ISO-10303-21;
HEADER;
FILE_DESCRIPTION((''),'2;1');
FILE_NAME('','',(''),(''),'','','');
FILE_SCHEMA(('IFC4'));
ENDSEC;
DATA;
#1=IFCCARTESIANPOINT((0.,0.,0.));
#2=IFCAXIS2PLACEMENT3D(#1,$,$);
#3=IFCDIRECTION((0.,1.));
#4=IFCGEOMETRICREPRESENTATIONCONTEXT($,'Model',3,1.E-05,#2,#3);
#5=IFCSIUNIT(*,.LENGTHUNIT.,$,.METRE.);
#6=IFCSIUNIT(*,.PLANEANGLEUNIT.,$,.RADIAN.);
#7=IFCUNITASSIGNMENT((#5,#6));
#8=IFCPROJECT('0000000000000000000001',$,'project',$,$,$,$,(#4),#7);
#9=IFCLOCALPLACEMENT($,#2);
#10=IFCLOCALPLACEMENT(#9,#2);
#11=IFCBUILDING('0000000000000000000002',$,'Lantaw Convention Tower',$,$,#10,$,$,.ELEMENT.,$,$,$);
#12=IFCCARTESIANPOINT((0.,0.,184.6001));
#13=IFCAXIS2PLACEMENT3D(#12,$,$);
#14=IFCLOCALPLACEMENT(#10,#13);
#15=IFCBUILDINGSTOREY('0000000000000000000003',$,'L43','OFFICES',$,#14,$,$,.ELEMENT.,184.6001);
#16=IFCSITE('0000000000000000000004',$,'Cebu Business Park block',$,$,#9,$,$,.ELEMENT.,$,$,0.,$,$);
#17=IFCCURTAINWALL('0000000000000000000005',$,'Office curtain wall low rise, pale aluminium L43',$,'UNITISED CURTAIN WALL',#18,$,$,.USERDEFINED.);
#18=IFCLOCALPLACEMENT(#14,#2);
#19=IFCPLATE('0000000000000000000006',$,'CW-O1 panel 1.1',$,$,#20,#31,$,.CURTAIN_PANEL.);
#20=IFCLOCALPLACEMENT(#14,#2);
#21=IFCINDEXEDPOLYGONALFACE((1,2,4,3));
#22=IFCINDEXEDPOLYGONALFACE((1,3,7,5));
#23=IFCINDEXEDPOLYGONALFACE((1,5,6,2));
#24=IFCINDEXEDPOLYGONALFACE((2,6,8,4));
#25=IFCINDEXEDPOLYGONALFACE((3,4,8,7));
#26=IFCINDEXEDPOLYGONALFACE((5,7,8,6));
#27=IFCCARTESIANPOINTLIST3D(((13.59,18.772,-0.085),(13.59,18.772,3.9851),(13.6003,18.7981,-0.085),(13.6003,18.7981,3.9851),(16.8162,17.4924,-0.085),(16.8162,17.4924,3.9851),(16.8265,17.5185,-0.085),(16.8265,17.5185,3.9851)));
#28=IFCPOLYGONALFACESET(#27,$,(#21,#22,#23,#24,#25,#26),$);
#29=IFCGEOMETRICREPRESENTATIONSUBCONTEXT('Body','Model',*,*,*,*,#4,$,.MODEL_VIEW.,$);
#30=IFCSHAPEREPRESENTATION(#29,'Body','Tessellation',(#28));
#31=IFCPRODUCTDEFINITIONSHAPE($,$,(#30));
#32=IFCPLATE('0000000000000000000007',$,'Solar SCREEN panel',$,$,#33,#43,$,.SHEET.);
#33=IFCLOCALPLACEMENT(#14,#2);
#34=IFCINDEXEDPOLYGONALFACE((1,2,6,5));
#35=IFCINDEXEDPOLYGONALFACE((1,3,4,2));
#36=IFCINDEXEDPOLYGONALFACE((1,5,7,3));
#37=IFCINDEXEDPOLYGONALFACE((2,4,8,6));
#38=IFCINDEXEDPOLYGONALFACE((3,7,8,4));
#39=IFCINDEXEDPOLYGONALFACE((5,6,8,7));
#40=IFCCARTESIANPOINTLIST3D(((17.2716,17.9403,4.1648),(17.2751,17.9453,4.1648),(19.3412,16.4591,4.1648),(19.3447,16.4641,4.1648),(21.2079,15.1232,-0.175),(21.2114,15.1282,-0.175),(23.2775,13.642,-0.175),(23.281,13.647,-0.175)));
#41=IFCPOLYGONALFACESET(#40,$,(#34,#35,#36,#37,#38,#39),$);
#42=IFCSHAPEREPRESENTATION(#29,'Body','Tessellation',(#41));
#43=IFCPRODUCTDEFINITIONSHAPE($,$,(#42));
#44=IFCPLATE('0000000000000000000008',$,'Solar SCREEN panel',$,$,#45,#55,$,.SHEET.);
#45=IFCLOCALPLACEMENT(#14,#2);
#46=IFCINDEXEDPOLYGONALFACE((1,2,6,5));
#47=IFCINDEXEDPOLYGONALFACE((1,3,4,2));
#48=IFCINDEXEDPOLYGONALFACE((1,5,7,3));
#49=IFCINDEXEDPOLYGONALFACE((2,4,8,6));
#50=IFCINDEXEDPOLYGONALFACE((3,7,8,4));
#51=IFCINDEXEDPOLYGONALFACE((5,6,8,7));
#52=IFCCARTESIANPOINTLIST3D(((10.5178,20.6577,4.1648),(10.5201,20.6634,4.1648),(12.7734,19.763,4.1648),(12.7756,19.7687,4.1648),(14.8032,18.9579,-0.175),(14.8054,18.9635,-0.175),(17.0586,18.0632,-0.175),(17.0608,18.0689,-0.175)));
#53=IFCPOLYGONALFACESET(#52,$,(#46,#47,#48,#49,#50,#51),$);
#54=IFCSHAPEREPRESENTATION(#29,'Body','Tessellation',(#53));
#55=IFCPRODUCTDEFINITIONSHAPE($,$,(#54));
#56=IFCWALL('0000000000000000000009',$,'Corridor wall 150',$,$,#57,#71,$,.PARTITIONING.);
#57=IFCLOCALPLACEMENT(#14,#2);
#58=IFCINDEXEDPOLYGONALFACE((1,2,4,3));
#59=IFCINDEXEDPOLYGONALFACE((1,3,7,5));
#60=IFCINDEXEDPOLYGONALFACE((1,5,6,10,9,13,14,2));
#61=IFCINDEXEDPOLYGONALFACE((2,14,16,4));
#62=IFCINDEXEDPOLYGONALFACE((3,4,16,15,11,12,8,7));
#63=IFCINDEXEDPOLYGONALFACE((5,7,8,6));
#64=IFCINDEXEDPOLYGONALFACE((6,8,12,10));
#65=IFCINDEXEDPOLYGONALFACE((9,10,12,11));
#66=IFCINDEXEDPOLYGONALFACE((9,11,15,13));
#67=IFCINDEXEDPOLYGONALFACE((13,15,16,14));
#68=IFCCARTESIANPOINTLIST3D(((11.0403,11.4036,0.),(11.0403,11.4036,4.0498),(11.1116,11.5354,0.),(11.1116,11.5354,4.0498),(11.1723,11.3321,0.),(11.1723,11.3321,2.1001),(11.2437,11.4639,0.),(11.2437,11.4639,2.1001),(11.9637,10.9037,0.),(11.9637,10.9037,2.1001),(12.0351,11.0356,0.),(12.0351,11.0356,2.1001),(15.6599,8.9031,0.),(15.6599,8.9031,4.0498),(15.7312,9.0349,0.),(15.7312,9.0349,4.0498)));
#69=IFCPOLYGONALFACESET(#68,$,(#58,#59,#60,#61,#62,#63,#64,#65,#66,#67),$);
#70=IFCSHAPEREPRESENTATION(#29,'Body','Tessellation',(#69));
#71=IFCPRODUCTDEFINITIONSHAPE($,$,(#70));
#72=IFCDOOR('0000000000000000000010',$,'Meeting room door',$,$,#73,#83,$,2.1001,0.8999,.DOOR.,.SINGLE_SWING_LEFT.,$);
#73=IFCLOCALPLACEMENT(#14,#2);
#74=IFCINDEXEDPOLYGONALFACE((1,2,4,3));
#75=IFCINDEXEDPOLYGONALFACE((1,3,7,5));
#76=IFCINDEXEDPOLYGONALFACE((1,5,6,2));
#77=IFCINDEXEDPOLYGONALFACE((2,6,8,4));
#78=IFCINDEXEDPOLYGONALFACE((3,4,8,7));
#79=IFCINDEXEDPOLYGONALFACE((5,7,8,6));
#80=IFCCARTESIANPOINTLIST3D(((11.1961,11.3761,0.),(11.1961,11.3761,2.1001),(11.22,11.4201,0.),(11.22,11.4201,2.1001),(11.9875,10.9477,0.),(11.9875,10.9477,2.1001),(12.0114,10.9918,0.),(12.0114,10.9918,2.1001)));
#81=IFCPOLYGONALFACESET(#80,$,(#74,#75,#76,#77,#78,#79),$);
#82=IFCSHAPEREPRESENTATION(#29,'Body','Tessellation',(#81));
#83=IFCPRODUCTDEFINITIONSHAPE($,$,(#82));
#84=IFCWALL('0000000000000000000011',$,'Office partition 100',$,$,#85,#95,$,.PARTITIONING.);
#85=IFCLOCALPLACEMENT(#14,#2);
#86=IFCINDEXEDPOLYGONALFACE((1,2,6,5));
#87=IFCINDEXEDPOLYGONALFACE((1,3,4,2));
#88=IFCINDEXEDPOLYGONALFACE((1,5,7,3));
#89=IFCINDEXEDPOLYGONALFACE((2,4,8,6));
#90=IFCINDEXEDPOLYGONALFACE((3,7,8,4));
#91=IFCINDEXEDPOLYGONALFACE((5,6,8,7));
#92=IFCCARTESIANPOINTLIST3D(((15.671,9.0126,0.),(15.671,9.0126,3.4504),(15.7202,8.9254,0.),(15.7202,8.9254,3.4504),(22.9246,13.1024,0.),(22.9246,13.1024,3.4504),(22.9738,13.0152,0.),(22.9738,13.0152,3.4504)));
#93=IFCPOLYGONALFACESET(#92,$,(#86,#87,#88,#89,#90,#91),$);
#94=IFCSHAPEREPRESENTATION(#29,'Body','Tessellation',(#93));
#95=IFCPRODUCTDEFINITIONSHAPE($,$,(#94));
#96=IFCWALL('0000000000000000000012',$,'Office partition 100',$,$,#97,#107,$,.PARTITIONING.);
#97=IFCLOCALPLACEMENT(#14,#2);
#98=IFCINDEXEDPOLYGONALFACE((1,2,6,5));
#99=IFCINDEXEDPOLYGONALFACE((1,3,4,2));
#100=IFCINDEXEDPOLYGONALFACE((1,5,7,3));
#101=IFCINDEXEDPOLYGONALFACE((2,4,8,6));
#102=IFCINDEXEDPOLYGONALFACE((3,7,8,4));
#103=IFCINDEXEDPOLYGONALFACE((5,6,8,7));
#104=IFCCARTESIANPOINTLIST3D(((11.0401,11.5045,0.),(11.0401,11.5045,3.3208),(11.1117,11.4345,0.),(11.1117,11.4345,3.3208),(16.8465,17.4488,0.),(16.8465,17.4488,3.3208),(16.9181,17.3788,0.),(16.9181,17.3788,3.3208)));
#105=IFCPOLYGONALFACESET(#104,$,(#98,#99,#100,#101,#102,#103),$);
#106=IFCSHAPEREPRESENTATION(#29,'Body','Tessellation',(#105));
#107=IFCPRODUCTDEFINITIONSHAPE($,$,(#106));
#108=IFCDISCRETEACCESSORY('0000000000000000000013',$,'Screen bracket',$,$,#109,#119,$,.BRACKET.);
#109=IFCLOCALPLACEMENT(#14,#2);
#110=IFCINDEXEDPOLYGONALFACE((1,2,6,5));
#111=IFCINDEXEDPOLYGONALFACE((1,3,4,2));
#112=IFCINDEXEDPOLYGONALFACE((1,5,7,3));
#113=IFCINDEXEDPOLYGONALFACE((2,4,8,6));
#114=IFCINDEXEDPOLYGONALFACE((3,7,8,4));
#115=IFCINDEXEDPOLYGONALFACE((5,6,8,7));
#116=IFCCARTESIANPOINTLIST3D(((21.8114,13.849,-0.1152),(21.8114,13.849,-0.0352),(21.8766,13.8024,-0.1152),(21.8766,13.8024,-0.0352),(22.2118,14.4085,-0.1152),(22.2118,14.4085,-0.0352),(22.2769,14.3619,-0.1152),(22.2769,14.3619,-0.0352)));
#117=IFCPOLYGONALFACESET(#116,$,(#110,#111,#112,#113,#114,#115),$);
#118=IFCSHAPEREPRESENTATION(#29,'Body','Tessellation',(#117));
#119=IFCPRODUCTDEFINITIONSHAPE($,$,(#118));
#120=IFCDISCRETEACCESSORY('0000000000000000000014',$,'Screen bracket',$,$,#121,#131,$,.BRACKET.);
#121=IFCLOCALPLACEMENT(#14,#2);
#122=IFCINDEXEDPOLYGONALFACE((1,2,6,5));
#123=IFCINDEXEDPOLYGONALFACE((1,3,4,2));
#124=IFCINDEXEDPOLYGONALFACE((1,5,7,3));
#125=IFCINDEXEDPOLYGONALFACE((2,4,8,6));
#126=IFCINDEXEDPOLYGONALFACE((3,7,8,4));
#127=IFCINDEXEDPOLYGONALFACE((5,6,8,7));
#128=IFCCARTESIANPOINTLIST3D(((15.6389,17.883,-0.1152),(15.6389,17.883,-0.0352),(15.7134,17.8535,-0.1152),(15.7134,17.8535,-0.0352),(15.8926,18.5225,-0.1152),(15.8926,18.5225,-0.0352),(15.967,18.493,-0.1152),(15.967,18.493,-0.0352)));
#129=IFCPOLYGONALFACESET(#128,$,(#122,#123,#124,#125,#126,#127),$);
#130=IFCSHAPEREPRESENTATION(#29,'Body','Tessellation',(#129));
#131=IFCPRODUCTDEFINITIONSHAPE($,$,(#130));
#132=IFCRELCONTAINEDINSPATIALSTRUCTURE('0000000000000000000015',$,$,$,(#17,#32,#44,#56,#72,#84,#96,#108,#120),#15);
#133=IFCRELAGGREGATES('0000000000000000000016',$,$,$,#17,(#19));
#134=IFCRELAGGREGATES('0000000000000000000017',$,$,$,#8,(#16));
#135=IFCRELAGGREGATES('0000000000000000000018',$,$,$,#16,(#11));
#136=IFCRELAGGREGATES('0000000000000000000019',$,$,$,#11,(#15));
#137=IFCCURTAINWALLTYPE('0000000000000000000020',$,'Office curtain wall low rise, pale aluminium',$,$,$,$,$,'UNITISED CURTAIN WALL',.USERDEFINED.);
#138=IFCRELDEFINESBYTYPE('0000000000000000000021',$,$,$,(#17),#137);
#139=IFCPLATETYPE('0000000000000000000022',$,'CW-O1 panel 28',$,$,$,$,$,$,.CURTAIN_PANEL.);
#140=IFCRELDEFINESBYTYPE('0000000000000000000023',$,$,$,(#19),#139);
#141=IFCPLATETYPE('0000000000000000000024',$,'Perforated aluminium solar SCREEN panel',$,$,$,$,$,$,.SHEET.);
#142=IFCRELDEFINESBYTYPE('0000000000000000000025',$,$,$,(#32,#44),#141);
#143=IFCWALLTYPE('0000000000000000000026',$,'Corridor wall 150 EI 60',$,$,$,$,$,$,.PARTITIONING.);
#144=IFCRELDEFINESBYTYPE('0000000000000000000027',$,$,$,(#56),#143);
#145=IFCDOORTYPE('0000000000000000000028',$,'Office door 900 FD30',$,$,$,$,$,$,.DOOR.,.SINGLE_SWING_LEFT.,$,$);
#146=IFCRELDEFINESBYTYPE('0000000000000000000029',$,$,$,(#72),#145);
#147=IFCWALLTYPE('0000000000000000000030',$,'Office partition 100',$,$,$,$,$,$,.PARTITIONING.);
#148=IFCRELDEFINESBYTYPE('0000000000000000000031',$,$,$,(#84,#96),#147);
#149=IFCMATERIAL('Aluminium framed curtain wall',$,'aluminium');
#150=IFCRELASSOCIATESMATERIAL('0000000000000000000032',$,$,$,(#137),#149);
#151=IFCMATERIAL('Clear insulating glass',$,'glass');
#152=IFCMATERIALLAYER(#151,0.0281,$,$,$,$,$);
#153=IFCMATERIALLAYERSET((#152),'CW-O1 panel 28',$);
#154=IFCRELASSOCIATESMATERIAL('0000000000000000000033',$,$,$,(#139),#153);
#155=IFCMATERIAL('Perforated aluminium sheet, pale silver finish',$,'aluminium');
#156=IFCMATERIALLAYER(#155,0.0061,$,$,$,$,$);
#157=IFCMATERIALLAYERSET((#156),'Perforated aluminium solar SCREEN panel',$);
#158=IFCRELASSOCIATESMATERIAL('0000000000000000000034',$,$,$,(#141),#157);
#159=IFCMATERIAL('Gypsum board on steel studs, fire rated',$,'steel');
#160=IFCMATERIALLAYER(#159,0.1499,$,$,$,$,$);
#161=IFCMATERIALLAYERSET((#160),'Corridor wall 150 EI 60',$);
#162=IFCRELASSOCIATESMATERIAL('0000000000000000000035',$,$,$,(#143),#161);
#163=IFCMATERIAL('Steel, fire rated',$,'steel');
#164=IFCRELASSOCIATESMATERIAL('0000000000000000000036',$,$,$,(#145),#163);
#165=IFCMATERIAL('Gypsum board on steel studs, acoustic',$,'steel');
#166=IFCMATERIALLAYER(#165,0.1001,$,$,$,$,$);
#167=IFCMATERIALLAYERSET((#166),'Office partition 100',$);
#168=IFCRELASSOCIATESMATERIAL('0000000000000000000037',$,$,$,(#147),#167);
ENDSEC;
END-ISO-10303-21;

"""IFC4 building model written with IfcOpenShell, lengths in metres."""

from ifc_helpers import new_model, si_unit, direction, frame, frame_2d, origin, origin_2d, place, context, subcontext, project, spatial, polyline, rectangle, outline, extrude, material, layer, layer_set, type_object, element, fill, aggregate, save


model = new_model("IFC4")

# Units and contexts
model_context = context("Model", 3, precision=1e-05, world=origin(), true_north=direction((0.0, 1.0)))
body_context = subcontext(model_context, "Body", "Model", "MODEL_VIEW")
ifc_project = project(units=[si_unit("LENGTHUNIT", "METRE"), si_unit("PLANEANGLEUNIT", "RADIAN")], contexts=[model_context])

# Site, building, storey
site_placement = place(None, origin())
site = spatial("IfcSite", under=ifc_project, at=site_placement, Name="Cebu Business Park block", CompositionType="ELEMENT", RefElevation=0.0)
building_placement = place(site_placement, origin())
building = spatial("IfcBuilding", under=site, at=building_placement, Name="Lantaw Convention Tower", CompositionType="ELEMENT")
storey_placement = place(building_placement, frame((0.0, 0.0, 184.6001)))
storey = spatial("IfcBuildingStorey", under=building, at=storey_placement, Name="L43", Description="OFFICES", CompositionType="ELEMENT", Elevation=184.6001)

# Shared definitions
ifc_material_1 = material(Name="Aluminium framed curtain wall", Category="aluminium")
curtain_wall_type = type_object("IfcCurtainWallType", Name="Office curtain wall low rise, pale aluminium", ElementType="UNITISED CURTAIN WALL", PredefinedType="USERDEFINED", material=ifc_material_1)

# Curtain wall
curtain_wall_1_placement = place(storey_placement, origin())
curtain_wall_1 = element("IfcCurtainWall", 1, at=curtain_wall_1_placement, inside=storey, type_object=curtain_wall_type, Name="Office curtain wall low rise, pale aluminium L43", ObjectType="UNITISED CURTAIN WALL", PredefinedType="USERDEFINED")

# Plate
ifc_material_2 = material(Name="Clear insulating glass", Category="glass")
ifc_layer_1 = layer(ifc_material_2, 0.0281)
ifc_layer_set_1 = layer_set([ifc_layer_1], Name="CW-O1 panel 28")
plate_type_1 = type_object("IfcPlateType", Name="CW-O1 panel 28", PredefinedType="CURTAIN_PANEL", material=ifc_layer_set_1)
plate_1_placement = place(storey_placement, frame((15.2083, 18.1453, -0.085), z_axis=(0.0, 0.0, 1.0), x_axis=(-0.929548, 0.368702, 0.0)))
plate_1 = element("IfcPlate", 2, at=plate_1_placement, type_object=plate_type_1, Name="CW-O1 panel 1.1", PredefinedType="CURTAIN_PANEL", context=body_context, shape_type="SweptSolid", body=[
    extrude(rectangle(XDim=3.4707, YDim=0.0281, at=origin_2d()), origin(), (0.0, 0.0, 1.0), 4.0701),
])
aggregate(curtain_wall_1, [plate_1])

# Plates
ifc_material_3 = material(Name="Perforated aluminium sheet, pale silver finish", Category="aluminium")
ifc_layer_2 = layer(ifc_material_3, 0.0061)
ifc_layer_set_2 = layer_set([ifc_layer_2], Name="Perforated aluminium solar SCREEN panel")
plate_type_2 = type_object("IfcPlateType", Name="Perforated aluminium solar SCREEN panel", PredefinedType="SHEET", material=ifc_layer_set_2)
plate_2_placement = place(storey_placement, frame((23.281, 13.647, -0.175), z_axis=(0.582, 0.813189, 0.000012), x_axis=(-0.813189, 0.582, 0.0)))
element("IfcPlate", 3, at=plate_2_placement, inside=storey, type_object=plate_type_2, Name="Solar SCREEN panel", PredefinedType="SHEET", context=body_context, shape_type="SweptSolid", body=[
    extrude(outline(polyline([(0.0, 0.0), (2.545, 0.0), (7.3855, 4.3398), (4.8405, 4.3398), (0.0, 0.0)])), origin(), (0.0, 0.0, -1.0), 0.0061),
])
plate_3_placement = place(storey_placement, frame((17.0586, 18.0632, -0.175), z_axis=(-0.368709, -0.929545, 0.000011), x_axis=(-0.929545, 0.368709, 0.0)))
element("IfcPlate", 4, at=plate_3_placement, inside=storey, type_object=plate_type_2, Name="Solar SCREEN panel", PredefinedType="SHEET", context=body_context, shape_type="SweptSolid", body=[
    extrude(outline(polyline([(0.0, 0.0), (2.4264, 0.0), (7.0365, -4.3398), (4.61, -4.3398), (0.0, 0.0)])), origin(), (0.0, 0.0, -1.0), 0.0061),
])

# Wall, opening, door
ifc_material_4 = material(Name="Gypsum board on steel studs, fire rated", Category="steel")
ifc_layer_3 = layer(ifc_material_4, 0.1499)
ifc_layer_set_3 = layer_set([ifc_layer_3], Name="Corridor wall 150 EI 60")
wall_type_1 = type_object("IfcWallType", Name="Corridor wall 150 EI 60", PredefinedType="PARTITIONING", material=ifc_layer_set_3)
wall_1_placement = place(storey_placement, frame((15.6956, 8.969, 0.0), z_axis=(0.0, 0.0, 1.0), x_axis=(-0.879436, 0.476017, 0.0)))
wall_1 = element("IfcWall", 5, at=wall_1_placement, inside=storey, type_object=wall_type_1, Name="Corridor wall 150", PredefinedType="PARTITIONING", context=body_context, shape_type="SweptSolid", body=[
    extrude(rectangle(XDim=5.2529, YDim=0.1499, at=frame_2d((2.6265, 0.0))), origin(), (0.0, 0.0, 1.0), 4.0498),
])
opening_placement = place(wall_1_placement, frame((4.2029, 0.0, 0.0)))
opening = element("IfcOpeningElement", 6, at=opening_placement, cuts=wall_1, PredefinedType="OPENING", context=body_context, shape_type="SweptSolid", body=[
    extrude(rectangle(XDim=0.8999, YDim=2.1001, at=frame_2d((0.45, 1.05))), frame((0.0, 0.085, 0.0), z_axis=(0.0, -1.0, 0.0), x_axis=(1.0, 0.0, 0.0)), (0.0, 0.0, 1.0), 0.1699),
])
ifc_material_5 = material(Name="Steel, fire rated", Category="steel")
door_type = type_object("IfcDoorType", Name="Office door 900 FD30", OperationType="SINGLE_SWING_LEFT", PredefinedType="DOOR", material=ifc_material_5)
door_placement = place(opening_placement, origin())
door = element("IfcDoor", 7, at=door_placement, inside=storey, type_object=door_type, Name="Meeting room door", OperationType="SINGLE_SWING_LEFT", OverallHeight=2.1001, OverallWidth=0.8999, PredefinedType="DOOR", context=body_context, shape_type="SweptSolid", body=[
    extrude(rectangle(XDim=0.8999, YDim=2.1001, at=frame_2d((0.45, 1.05))), frame((0.0, 0.0249, 0.0), z_axis=(0.0, -1.0, 0.0), x_axis=(1.0, 0.0, 0.0)), (0.0, 0.0, 1.0), 0.05),
])
fill(opening, door)

# Walls
ifc_material_6 = material(Name="Gypsum board on steel studs, acoustic", Category="steel")
ifc_layer_4 = layer(ifc_material_6, 0.1001)
ifc_layer_set_4 = layer_set([ifc_layer_4], Name="Office partition 100")
wall_type_2 = type_object("IfcWallType", Name="Office partition 100", PredefinedType="PARTITIONING", material=ifc_layer_set_4)
wall_2_placement = place(storey_placement, frame((22.9492, 13.0588, 0.0), z_axis=(0.0, 0.0, 1.0), x_axis=(-0.871079, -0.491142, 0.0)))
element("IfcWall", 8, at=wall_2_placement, inside=storey, type_object=wall_type_2, Name="Office partition 100", PredefinedType="PARTITIONING", context=body_context, shape_type="SweptSolid", body=[
    extrude(rectangle(XDim=8.3271, YDim=0.1001, at=frame_2d((4.1636, 0.0))), origin(), (0.0, 0.0, 1.0), 3.4504),
])
wall_3_placement = place(storey_placement, frame((16.8823, 17.4138, 0.0), z_axis=(0.0, 0.0, 1.0), x_axis=(-0.698758, -0.715358, 0.0)))
element("IfcWall", 9, at=wall_3_placement, inside=storey, type_object=wall_type_2, Name="Office partition 100", PredefinedType="PARTITIONING", context=body_context, shape_type="SweptSolid", body=[
    extrude(rectangle(XDim=8.3096, YDim=0.1001, at=frame_2d((4.1548, 0.0))), origin(), (0.0, 0.0, 1.0), 3.3208),
])

# Discrete accessories
for number, where, z_axis, x_axis, name in (
    (10, (22.0442, 14.1055, -0.1152), (0.0, 0.0, 1.0), (-0.813208, 0.581973, 0.0), "Screen bracket"),
    (11, (15.803, 18.188, -0.1152), (0.0, 0.0, 1.0), (-0.929548, 0.368702, 0.0), "Screen bracket"),
):
    element("IfcDiscreteAccessory", number, at=place(storey_placement, frame(where, z_axis=z_axis, x_axis=x_axis)), inside=storey, Name=name, PredefinedType="BRACKET", context=body_context, shape_type="SweptSolid", body=[
        extrude(rectangle(XDim=0.0801, YDim=0.688, at=origin_2d()), origin(), (0.0, 0.0, 1.0), 0.0801),
    ])

save(model, "model.ifc")
